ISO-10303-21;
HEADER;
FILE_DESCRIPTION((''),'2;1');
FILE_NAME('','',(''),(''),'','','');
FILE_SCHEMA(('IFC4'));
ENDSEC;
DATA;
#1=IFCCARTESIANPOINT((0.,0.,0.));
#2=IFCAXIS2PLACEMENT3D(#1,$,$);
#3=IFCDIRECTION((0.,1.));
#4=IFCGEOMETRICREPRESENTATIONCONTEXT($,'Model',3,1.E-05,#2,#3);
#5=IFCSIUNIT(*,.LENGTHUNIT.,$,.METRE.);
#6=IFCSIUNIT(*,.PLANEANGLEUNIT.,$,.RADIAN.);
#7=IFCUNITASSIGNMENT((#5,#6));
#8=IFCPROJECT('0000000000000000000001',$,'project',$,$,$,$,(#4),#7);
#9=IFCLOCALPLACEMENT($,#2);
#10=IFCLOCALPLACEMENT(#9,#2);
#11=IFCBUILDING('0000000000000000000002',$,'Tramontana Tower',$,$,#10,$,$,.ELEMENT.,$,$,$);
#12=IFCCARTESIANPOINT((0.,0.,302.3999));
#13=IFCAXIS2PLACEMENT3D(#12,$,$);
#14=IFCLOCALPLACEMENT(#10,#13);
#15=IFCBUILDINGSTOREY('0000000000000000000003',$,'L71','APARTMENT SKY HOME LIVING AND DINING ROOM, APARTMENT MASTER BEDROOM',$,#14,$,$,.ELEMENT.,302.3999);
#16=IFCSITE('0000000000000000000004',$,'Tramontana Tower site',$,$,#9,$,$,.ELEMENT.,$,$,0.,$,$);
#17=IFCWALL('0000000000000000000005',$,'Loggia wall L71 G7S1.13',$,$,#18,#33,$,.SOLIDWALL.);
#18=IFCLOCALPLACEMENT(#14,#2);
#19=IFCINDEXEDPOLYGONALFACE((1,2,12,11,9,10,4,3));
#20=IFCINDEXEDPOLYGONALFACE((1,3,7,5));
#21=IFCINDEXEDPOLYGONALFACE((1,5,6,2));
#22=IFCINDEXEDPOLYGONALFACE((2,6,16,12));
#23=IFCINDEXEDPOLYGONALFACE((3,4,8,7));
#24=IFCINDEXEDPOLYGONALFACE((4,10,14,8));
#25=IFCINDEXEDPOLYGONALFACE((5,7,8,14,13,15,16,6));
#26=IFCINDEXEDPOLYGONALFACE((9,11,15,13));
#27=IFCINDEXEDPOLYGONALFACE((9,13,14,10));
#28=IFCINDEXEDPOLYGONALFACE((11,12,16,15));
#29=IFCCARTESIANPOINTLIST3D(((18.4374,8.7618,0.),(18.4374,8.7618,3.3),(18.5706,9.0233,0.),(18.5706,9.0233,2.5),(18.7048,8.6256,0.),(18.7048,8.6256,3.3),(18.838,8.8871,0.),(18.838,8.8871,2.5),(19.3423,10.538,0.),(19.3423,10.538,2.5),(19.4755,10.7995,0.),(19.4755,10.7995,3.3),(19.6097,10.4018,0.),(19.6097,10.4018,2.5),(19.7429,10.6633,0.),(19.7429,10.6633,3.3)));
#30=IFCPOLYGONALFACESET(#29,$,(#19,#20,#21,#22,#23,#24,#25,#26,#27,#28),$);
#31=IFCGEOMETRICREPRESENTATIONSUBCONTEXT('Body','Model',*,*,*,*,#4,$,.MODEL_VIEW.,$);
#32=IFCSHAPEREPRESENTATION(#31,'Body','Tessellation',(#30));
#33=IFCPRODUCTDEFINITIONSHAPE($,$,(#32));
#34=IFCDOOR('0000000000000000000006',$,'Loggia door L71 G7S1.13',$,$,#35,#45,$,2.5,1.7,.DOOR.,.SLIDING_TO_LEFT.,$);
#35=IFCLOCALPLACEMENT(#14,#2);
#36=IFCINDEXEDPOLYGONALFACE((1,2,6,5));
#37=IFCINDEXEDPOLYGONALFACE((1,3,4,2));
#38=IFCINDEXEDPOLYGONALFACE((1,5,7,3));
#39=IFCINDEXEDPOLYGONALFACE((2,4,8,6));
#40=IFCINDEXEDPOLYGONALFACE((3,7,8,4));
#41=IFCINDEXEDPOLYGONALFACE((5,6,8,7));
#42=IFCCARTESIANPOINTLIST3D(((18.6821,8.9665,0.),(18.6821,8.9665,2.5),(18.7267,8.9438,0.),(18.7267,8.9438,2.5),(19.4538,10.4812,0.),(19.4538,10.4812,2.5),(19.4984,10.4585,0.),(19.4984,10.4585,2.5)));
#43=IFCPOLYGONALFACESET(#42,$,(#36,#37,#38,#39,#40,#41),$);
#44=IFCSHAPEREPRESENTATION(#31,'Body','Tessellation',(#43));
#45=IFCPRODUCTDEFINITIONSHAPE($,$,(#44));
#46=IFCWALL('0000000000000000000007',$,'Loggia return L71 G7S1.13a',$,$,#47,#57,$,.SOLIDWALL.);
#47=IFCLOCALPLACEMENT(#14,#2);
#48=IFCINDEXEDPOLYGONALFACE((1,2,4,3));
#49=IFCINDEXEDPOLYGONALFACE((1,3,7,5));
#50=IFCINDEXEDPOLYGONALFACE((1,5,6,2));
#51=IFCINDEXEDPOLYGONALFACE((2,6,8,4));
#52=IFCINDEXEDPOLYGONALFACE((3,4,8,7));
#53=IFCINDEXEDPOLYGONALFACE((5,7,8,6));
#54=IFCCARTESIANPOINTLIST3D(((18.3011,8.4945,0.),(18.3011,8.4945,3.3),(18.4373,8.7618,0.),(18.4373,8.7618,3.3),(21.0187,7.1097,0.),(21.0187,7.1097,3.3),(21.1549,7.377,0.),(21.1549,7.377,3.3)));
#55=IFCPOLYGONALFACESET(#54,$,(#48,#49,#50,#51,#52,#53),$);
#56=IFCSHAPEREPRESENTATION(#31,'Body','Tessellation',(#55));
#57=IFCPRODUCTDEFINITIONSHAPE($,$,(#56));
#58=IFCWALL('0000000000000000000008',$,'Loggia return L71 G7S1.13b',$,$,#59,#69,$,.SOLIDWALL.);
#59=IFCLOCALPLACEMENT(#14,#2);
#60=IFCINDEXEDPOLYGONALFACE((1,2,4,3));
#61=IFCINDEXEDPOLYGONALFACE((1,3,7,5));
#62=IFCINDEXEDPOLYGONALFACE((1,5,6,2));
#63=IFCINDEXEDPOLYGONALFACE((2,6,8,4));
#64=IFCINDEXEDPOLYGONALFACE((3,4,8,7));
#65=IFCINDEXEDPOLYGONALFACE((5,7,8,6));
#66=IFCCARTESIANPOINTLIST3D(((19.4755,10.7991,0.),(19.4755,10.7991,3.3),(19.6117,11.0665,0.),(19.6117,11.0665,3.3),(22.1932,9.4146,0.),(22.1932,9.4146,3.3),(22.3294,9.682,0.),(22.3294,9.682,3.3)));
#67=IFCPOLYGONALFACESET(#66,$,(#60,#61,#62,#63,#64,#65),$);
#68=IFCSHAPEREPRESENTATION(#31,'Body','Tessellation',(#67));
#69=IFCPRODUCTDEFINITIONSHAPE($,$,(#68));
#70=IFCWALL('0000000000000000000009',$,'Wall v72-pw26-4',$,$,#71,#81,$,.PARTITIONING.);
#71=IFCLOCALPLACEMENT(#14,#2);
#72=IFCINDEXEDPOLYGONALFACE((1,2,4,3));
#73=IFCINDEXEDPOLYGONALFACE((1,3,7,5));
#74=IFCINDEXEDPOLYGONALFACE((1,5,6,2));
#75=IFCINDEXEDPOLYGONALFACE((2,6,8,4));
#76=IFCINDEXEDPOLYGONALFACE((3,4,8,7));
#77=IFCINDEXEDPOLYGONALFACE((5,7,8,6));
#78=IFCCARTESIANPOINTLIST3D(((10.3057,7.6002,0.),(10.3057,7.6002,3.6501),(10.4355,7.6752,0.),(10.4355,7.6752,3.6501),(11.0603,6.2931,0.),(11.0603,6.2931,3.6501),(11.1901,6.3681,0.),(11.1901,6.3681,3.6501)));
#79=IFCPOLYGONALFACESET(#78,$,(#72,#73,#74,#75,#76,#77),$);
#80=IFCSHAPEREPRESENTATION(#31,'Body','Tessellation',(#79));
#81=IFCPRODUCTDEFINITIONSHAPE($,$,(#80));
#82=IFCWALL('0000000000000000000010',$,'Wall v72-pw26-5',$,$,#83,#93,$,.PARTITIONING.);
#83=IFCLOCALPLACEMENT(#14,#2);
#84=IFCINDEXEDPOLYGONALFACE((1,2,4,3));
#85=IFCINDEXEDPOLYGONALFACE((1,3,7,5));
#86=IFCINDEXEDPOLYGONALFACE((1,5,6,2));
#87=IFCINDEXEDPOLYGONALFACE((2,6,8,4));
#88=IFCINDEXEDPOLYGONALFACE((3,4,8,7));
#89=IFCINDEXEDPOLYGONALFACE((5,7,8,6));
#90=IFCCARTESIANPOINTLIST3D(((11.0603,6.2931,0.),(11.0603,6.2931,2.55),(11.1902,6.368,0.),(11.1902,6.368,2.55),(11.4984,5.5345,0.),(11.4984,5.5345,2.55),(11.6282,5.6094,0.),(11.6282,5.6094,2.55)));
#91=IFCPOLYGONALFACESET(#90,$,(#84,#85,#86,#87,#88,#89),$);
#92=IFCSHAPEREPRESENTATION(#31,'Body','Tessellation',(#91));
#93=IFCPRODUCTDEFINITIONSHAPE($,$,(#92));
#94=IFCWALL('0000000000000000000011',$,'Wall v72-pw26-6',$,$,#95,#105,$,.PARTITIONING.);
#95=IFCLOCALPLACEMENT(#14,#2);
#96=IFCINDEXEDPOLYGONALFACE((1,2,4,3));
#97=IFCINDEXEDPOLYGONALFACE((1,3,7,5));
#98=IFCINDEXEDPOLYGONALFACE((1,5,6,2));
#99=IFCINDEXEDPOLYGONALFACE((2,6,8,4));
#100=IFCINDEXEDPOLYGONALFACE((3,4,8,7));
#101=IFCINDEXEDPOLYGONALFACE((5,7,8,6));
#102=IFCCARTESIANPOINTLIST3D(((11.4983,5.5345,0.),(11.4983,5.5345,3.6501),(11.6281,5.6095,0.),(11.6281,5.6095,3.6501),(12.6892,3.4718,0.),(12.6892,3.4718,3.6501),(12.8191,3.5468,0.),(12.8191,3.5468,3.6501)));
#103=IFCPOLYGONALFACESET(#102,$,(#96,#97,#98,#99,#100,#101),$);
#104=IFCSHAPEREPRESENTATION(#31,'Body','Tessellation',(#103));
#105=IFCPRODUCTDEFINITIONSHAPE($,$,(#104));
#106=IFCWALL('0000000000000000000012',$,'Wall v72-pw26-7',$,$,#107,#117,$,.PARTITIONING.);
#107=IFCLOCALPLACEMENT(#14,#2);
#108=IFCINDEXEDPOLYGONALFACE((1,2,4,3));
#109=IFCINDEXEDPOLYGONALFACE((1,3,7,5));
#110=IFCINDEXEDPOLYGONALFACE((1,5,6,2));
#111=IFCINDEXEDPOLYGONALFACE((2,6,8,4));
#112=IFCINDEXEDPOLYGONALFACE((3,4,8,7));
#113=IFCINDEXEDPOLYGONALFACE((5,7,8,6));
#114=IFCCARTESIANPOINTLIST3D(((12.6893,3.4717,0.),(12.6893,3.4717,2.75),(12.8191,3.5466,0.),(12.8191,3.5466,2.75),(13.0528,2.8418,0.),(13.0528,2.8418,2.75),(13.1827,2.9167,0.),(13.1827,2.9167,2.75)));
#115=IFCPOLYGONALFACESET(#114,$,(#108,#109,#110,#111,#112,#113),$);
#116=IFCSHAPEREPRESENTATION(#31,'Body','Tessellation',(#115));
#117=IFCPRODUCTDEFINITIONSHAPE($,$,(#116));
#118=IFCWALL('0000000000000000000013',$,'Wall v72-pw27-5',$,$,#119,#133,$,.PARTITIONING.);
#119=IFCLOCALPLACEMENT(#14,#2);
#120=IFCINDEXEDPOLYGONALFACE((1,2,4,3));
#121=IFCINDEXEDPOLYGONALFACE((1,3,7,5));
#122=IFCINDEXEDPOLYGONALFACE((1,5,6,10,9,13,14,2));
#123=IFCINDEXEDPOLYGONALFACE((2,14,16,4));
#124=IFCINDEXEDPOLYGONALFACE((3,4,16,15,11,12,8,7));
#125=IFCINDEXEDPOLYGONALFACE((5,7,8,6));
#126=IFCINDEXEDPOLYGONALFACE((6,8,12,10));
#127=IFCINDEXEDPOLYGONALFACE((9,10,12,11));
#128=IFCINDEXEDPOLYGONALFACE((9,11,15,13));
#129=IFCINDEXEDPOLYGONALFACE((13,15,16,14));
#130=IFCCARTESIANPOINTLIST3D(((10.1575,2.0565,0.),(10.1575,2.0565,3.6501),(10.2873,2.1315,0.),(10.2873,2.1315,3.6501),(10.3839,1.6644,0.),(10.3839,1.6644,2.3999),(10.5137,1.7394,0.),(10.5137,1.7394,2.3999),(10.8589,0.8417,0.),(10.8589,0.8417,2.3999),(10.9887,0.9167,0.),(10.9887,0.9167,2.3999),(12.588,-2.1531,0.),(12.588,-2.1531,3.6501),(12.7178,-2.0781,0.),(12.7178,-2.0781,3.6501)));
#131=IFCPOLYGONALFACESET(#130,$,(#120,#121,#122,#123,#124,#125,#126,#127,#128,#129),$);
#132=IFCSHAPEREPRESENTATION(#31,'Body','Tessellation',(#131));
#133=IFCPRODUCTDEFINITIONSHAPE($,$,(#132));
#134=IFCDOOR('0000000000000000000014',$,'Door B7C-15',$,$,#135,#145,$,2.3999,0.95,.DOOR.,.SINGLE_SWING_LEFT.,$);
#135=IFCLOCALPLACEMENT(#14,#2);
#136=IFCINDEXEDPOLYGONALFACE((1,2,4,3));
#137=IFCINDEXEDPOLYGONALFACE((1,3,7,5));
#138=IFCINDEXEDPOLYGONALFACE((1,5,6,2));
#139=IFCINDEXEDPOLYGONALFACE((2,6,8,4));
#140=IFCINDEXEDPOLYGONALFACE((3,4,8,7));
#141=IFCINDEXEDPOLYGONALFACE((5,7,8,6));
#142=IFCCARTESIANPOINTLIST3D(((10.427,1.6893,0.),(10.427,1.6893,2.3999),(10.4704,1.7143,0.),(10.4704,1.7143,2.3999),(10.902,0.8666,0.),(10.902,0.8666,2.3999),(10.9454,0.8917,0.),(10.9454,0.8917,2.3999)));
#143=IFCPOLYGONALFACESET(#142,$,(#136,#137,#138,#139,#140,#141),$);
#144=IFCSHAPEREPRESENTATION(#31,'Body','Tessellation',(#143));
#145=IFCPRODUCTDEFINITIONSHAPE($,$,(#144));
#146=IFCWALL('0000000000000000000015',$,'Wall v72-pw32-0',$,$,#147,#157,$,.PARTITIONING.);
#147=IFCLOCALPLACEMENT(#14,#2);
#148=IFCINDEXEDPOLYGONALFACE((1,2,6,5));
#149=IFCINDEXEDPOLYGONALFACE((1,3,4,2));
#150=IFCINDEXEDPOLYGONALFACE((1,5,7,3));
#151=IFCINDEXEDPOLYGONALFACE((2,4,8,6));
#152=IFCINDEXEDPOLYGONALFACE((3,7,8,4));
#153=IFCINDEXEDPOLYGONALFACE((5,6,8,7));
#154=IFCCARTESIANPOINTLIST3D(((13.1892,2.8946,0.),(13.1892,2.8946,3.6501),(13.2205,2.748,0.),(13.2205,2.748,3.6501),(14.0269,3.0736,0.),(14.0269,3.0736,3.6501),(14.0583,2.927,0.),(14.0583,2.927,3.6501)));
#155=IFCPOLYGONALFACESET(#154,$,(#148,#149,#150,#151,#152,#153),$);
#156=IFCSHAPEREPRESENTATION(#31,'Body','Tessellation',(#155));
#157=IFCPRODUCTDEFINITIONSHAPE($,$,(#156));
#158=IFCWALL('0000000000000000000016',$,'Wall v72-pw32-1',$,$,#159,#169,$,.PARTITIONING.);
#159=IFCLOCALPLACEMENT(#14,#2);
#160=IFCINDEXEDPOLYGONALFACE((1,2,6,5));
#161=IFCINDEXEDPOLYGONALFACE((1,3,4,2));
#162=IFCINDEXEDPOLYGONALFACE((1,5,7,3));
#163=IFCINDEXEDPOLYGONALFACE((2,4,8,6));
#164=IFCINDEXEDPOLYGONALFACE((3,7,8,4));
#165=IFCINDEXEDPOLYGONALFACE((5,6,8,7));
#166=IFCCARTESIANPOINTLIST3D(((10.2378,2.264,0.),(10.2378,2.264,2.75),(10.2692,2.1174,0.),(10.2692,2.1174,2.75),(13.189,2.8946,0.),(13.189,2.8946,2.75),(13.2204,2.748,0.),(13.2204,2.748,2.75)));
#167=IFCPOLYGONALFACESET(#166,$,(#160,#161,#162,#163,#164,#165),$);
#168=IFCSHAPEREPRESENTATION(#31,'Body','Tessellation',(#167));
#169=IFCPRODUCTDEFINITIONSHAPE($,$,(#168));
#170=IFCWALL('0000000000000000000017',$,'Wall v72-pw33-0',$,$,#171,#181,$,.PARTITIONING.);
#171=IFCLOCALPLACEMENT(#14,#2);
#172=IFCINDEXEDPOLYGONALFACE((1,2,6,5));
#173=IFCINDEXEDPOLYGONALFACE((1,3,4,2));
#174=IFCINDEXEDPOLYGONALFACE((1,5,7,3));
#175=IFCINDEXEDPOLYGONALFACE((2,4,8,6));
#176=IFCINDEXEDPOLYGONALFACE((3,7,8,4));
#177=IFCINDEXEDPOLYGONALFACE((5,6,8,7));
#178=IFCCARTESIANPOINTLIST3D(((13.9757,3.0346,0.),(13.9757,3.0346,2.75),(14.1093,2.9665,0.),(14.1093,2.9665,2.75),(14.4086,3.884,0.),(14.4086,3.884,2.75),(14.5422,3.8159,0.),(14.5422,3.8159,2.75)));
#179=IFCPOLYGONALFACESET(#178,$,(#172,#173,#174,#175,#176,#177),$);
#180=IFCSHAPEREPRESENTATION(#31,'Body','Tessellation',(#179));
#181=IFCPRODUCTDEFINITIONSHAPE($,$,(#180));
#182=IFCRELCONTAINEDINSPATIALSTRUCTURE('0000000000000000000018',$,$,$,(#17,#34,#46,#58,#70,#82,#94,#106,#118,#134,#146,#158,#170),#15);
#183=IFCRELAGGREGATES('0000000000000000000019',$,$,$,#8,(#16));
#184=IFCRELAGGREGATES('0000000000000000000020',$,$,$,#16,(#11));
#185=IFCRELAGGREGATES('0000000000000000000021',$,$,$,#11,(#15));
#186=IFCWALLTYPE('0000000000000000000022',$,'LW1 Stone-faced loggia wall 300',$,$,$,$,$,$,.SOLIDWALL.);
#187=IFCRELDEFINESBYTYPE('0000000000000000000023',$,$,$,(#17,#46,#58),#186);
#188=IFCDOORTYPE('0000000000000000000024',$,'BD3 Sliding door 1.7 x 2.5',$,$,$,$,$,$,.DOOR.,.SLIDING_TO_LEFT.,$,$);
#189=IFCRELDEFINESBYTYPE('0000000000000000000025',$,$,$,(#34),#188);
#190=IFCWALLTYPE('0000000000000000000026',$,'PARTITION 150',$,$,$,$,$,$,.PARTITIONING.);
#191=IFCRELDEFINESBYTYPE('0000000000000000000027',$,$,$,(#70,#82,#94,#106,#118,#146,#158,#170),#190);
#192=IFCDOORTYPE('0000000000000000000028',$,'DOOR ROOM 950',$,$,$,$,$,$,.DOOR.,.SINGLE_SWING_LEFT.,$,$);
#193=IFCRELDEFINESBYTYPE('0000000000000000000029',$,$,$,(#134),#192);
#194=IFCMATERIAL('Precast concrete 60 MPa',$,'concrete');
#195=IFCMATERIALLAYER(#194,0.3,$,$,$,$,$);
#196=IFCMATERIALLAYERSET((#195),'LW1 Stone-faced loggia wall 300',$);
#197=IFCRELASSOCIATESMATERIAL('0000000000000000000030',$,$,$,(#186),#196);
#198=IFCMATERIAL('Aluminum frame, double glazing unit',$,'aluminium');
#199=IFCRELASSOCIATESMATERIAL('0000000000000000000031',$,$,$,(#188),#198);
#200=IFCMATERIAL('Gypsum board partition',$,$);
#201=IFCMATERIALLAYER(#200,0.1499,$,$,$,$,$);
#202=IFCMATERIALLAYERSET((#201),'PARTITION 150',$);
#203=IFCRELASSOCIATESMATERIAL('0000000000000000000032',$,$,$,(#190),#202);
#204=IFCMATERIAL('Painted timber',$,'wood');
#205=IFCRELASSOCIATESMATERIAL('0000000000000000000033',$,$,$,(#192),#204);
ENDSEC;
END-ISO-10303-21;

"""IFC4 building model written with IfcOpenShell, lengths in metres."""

from ifc_helpers import new_model, si_unit, direction, frame, frame_2d, origin, place, context, subcontext, project, spatial, rectangle, extrude, material, layer, layer_set, type_object, element, fill, save


model = new_model("IFC4")

# Units and contexts
model_context = context("Model", 3, precision=1e-05, world=origin(), true_north=direction((0.0, 1.0)))
body_context = subcontext(model_context, "Body", "Model", "MODEL_VIEW")
ifc_project = project(units=[si_unit("LENGTHUNIT", "METRE"), si_unit("PLANEANGLEUNIT", "RADIAN")], contexts=[model_context])

# Site, building, storey
site_placement = place(None, origin())
site = spatial("IfcSite", under=ifc_project, at=site_placement, Name="Tramontana Tower site", CompositionType="ELEMENT", RefElevation=0.0)
building_placement = place(site_placement, origin())
building = spatial("IfcBuilding", under=site, at=building_placement, Name="Tramontana Tower", CompositionType="ELEMENT")
storey_placement = place(building_placement, frame((0.0, 0.0, 302.3999)))
storey = spatial("IfcBuildingStorey", under=building, at=storey_placement, Name="L71", Description="APARTMENT SKY HOME LIVING AND DINING ROOM, APARTMENT MASTER BEDROOM", CompositionType="ELEMENT", Elevation=302.3999)

# Shared definitions
ifc_material_1 = material(Name="Precast concrete 60 MPa", Category="concrete")
ifc_layer_1 = layer(ifc_material_1, 0.3)
ifc_layer_set_1 = layer_set([ifc_layer_1], Name="LW1 Stone-faced loggia wall 300")
wall_type_1 = type_object("IfcWallType", Name="LW1 Stone-faced loggia wall 300", PredefinedType="SOLIDWALL", material=ifc_layer_set_1)
ifc_material_2 = material(Name="Aluminum frame, double glazing unit", Category="aluminium")
door_type_1 = type_object("IfcDoorType", Name="BD3 Sliding door 1.7 x 2.5", OperationType="SLIDING_TO_LEFT", PredefinedType="DOOR", material=ifc_material_2)

# Wall, opening, door
wall_1_placement = place(storey_placement, frame((18.571, 8.6936, 0.0), z_axis=(0.0, 0.0, 1.0), x_axis=(0.453948, 0.891028, 0.0)))
wall_1 = element("IfcWall", 1, at=wall_1_placement, inside=storey, type_object=wall_type_1, Name="Loggia wall L71 G7S1.13", PredefinedType="SOLIDWALL", context=body_context, shape_type="SweptSolid", body=[
    extrude(rectangle(XDim=2.2869, YDim=0.3, at=frame_2d((1.1436, 0.0))), origin(), (0.0, 0.0, 1.0), 3.3),
])
opening_1_placement = place(wall_1_placement, frame((0.2935, 0.0, 0.0)))
opening_1 = element("IfcOpeningElement", 2, at=opening_1_placement, cuts=wall_1, PredefinedType="OPENING", context=body_context, shape_type="SweptSolid", body=[
    extrude(rectangle(XDim=1.7, YDim=2.5, at=frame_2d((0.8501, 1.25))), frame((0.0, 0.1599, 0.0), z_axis=(0.0, -1.0, 0.0), x_axis=(1.0, 0.0, 0.0)), (0.0, 0.0, 1.0), 0.3201),
])
door_1_placement = place(opening_1_placement, origin())
door_1 = element("IfcDoor", 3, at=door_1_placement, inside=storey, type_object=door_type_1, Name="Loggia door L71 G7S1.13", OperationType="SLIDING_TO_LEFT", OverallHeight=2.5, OverallWidth=1.7, PredefinedType="DOOR", context=body_context, shape_type="SweptSolid", body=[
    extrude(rectangle(XDim=1.7, YDim=2.5, at=frame_2d((0.8501, 1.25))), frame((0.0, 0.0249, 0.0), z_axis=(0.0, -1.0, 0.0), x_axis=(1.0, 0.0, 0.0)), (0.0, 0.0, 1.0), 0.05),
])
fill(opening_1, door_1)

# Walls
for number, where, z_axis, x_axis, name in (
    (4, (21.0867, 7.2434, 0.0), (0.0, 0.0, 1.0), (-0.890991, 0.454021, 0.0), "Loggia return L71 G7S1.13a"),
    (5, (22.2612, 9.5483, 0.0), (0.0, 0.0, 1.0), (-0.89104, 0.453925, 0.0), "Loggia return L71 G7S1.13b"),
):
    element("IfcWall", number, at=place(storey_placement, frame(where, z_axis=z_axis, x_axis=x_axis)), inside=storey, type_object=wall_type_1, Name=name, PredefinedType="SOLIDWALL", context=body_context, shape_type="SweptSolid", body=[
        extrude(rectangle(XDim=3.05, YDim=0.3, at=frame_2d((1.5249, 0.0))), origin(), (0.0, 0.0, 1.0), 3.3),
    ])
ifc_material_3 = material(Name="Gypsum board partition")
ifc_layer_2 = layer(ifc_material_3, 0.1499)
ifc_layer_set_2 = layer_set([ifc_layer_2], Name="PARTITION 150")
wall_type_2 = type_object("IfcWallType", Name="PARTITION 150", PredefinedType="PARTITIONING", material=ifc_layer_set_2)
wall_2_placement = place(storey_placement, frame((10.3706, 7.6377, 0.0), z_axis=(0.0, 0.0, 1.0), x_axis=(0.499984, -0.866035, 0.0)))
element("IfcWall", 6, at=wall_2_placement, inside=storey, type_object=wall_type_2, Name="Wall v72-pw26-4", PredefinedType="PARTITIONING", context=body_context, shape_type="SweptSolid", body=[
    extrude(rectangle(XDim=1.5093, YDim=0.1499, at=frame_2d((0.7546, 0.0))), origin(), (0.0, 0.0, 1.0), 3.6501),
])
wall_3_placement = place(storey_placement, frame((11.1252, 6.3306, 0.0), z_axis=(0.0, 0.0, 1.0), x_axis=(0.500036, -0.866005, 0.0)))
element("IfcWall", 7, at=wall_3_placement, inside=storey, type_object=wall_type_2, Name="Wall v72-pw26-5", PredefinedType="PARTITIONING", context=body_context, shape_type="SweptSolid", body=[
    extrude(rectangle(XDim=0.876, YDim=0.1499, at=frame_2d((0.438, 0.0))), origin(), (0.0, 0.0, 1.0), 2.55),
])
wall_4_placement = place(storey_placement, frame((11.5632, 5.572, 0.0), z_axis=(0.0, 0.0, 1.0), x_axis=(0.499998, -0.866027, 0.0)))
element("IfcWall", 8, at=wall_4_placement, inside=storey, type_object=wall_type_2, Name="Wall v72-pw26-6", PredefinedType="PARTITIONING", context=body_context, shape_type="SweptSolid", body=[
    extrude(rectangle(XDim=2.3818, YDim=0.1499, at=frame_2d((1.1909, 0.0))), origin(), (0.0, 0.0, 1.0), 3.6501),
])
wall_5_placement = place(storey_placement, frame((12.7542, 3.5093, 0.0), z_axis=(0.0, 0.0, 1.0), x_axis=(0.499858, -0.866107, 0.0)))
element("IfcWall", 9, at=wall_5_placement, inside=storey, type_object=wall_type_2, Name="Wall v72-pw26-7", PredefinedType="PARTITIONING", context=body_context, shape_type="SweptSolid", body=[
    extrude(rectangle(XDim=0.7273, YDim=0.1499, at=frame_2d((0.3638, 0.0))), origin(), (0.0, 0.0, 1.0), 2.75),
])

# Wall, opening, door
wall_6_placement = place(storey_placement, frame((10.2224, 2.094, 0.0), z_axis=(0.0, 0.0, 1.0), x_axis=(0.500012, -0.866018, 0.0)))
wall_6 = element("IfcWall", 10, at=wall_6_placement, inside=storey, type_object=wall_type_2, Name="Wall v72-pw27-5", PredefinedType="PARTITIONING", context=body_context, shape_type="SweptSolid", body=[
    extrude(rectangle(XDim=4.8608, YDim=0.1499, at=frame_2d((2.4304, 0.0))), origin(), (0.0, 0.0, 1.0), 3.6501),
])
opening_2_placement = place(wall_6_placement, frame((0.4526, 0.0, 0.0)))
opening_2 = element("IfcOpeningElement", 11, at=opening_2_placement, cuts=wall_6, PredefinedType="OPENING", context=body_context, shape_type="SweptSolid", body=[
    extrude(rectangle(XDim=0.95, YDim=2.3999, at=frame_2d((0.4751, 1.2))), frame((0.0, 0.085, 0.0), z_axis=(0.0, -1.0, 0.0), x_axis=(1.0, 0.0, 0.0)), (0.0, 0.0, 1.0), 0.1699),
])
ifc_material_4 = material(Name="Painted timber", Category="wood")
door_type_2 = type_object("IfcDoorType", Name="DOOR ROOM 950", OperationType="SINGLE_SWING_LEFT", PredefinedType="DOOR", material=ifc_material_4)
door_2_placement = place(opening_2_placement, origin())
door_2 = element("IfcDoor", 12, at=door_2_placement, inside=storey, type_object=door_type_2, Name="Door B7C-15", OperationType="SINGLE_SWING_LEFT", OverallHeight=2.3999, OverallWidth=0.95, PredefinedType="DOOR", context=body_context, shape_type="SweptSolid", body=[
    extrude(rectangle(XDim=0.95, YDim=2.3999, at=frame_2d((0.4751, 1.2))), frame((0.0, 0.0249, 0.0), z_axis=(0.0, -1.0, 0.0), x_axis=(1.0, 0.0, 0.0)), (0.0, 0.0, 1.0), 0.05),
])
fill(opening_2, door_2)

# Walls
wall_7_placement = place(storey_placement, frame((14.0425, 3.0002, 0.0), z_axis=(0.0, 0.0, 1.0), x_axis=(-0.977944, -0.208867, 0.0)))
element("IfcWall", 13, at=wall_7_placement, inside=storey, type_object=wall_type_2, Name="Wall v72-pw32-0", PredefinedType="PARTITIONING", context=body_context, shape_type="SweptSolid", body=[
    extrude(rectangle(XDim=0.8567, YDim=0.1499, at=frame_2d((0.4282, 0.0))), origin(), (0.0, 0.0, 1.0), 3.6501),
])
wall_8_placement = place(storey_placement, frame((13.2046, 2.8213, 0.0), z_axis=(0.0, 0.0, 1.0), x_axis=(-0.977923, -0.208966, 0.0)))
element("IfcWall", 14, at=wall_8_placement, inside=storey, type_object=wall_type_2, Name="Wall v72-pw32-1", PredefinedType="PARTITIONING", context=body_context, shape_type="SweptSolid", body=[
    extrude(rectangle(XDim=3.0178, YDim=0.1499, at=frame_2d((1.5088, 0.0))), origin(), (0.0, 0.0, 1.0), 2.75),
])
wall_9_placement = place(storey_placement, frame((14.4753, 3.8499, 0.0), z_axis=(0.0, 0.0, 1.0), x_axis=(-0.454064, -0.890969, 0.0)))
element("IfcWall", 15, at=wall_9_placement, inside=storey, type_object=wall_type_2, Name="Wall v72-pw33-0", PredefinedType="PARTITIONING", context=body_context, shape_type="SweptSolid", body=[
    extrude(rectangle(XDim=0.9534, YDim=0.1499, at=frame_2d((0.4766, 0.0))), origin(), (0.0, 0.0, 1.0), 2.75),
])

save(model, "model.ifc")
